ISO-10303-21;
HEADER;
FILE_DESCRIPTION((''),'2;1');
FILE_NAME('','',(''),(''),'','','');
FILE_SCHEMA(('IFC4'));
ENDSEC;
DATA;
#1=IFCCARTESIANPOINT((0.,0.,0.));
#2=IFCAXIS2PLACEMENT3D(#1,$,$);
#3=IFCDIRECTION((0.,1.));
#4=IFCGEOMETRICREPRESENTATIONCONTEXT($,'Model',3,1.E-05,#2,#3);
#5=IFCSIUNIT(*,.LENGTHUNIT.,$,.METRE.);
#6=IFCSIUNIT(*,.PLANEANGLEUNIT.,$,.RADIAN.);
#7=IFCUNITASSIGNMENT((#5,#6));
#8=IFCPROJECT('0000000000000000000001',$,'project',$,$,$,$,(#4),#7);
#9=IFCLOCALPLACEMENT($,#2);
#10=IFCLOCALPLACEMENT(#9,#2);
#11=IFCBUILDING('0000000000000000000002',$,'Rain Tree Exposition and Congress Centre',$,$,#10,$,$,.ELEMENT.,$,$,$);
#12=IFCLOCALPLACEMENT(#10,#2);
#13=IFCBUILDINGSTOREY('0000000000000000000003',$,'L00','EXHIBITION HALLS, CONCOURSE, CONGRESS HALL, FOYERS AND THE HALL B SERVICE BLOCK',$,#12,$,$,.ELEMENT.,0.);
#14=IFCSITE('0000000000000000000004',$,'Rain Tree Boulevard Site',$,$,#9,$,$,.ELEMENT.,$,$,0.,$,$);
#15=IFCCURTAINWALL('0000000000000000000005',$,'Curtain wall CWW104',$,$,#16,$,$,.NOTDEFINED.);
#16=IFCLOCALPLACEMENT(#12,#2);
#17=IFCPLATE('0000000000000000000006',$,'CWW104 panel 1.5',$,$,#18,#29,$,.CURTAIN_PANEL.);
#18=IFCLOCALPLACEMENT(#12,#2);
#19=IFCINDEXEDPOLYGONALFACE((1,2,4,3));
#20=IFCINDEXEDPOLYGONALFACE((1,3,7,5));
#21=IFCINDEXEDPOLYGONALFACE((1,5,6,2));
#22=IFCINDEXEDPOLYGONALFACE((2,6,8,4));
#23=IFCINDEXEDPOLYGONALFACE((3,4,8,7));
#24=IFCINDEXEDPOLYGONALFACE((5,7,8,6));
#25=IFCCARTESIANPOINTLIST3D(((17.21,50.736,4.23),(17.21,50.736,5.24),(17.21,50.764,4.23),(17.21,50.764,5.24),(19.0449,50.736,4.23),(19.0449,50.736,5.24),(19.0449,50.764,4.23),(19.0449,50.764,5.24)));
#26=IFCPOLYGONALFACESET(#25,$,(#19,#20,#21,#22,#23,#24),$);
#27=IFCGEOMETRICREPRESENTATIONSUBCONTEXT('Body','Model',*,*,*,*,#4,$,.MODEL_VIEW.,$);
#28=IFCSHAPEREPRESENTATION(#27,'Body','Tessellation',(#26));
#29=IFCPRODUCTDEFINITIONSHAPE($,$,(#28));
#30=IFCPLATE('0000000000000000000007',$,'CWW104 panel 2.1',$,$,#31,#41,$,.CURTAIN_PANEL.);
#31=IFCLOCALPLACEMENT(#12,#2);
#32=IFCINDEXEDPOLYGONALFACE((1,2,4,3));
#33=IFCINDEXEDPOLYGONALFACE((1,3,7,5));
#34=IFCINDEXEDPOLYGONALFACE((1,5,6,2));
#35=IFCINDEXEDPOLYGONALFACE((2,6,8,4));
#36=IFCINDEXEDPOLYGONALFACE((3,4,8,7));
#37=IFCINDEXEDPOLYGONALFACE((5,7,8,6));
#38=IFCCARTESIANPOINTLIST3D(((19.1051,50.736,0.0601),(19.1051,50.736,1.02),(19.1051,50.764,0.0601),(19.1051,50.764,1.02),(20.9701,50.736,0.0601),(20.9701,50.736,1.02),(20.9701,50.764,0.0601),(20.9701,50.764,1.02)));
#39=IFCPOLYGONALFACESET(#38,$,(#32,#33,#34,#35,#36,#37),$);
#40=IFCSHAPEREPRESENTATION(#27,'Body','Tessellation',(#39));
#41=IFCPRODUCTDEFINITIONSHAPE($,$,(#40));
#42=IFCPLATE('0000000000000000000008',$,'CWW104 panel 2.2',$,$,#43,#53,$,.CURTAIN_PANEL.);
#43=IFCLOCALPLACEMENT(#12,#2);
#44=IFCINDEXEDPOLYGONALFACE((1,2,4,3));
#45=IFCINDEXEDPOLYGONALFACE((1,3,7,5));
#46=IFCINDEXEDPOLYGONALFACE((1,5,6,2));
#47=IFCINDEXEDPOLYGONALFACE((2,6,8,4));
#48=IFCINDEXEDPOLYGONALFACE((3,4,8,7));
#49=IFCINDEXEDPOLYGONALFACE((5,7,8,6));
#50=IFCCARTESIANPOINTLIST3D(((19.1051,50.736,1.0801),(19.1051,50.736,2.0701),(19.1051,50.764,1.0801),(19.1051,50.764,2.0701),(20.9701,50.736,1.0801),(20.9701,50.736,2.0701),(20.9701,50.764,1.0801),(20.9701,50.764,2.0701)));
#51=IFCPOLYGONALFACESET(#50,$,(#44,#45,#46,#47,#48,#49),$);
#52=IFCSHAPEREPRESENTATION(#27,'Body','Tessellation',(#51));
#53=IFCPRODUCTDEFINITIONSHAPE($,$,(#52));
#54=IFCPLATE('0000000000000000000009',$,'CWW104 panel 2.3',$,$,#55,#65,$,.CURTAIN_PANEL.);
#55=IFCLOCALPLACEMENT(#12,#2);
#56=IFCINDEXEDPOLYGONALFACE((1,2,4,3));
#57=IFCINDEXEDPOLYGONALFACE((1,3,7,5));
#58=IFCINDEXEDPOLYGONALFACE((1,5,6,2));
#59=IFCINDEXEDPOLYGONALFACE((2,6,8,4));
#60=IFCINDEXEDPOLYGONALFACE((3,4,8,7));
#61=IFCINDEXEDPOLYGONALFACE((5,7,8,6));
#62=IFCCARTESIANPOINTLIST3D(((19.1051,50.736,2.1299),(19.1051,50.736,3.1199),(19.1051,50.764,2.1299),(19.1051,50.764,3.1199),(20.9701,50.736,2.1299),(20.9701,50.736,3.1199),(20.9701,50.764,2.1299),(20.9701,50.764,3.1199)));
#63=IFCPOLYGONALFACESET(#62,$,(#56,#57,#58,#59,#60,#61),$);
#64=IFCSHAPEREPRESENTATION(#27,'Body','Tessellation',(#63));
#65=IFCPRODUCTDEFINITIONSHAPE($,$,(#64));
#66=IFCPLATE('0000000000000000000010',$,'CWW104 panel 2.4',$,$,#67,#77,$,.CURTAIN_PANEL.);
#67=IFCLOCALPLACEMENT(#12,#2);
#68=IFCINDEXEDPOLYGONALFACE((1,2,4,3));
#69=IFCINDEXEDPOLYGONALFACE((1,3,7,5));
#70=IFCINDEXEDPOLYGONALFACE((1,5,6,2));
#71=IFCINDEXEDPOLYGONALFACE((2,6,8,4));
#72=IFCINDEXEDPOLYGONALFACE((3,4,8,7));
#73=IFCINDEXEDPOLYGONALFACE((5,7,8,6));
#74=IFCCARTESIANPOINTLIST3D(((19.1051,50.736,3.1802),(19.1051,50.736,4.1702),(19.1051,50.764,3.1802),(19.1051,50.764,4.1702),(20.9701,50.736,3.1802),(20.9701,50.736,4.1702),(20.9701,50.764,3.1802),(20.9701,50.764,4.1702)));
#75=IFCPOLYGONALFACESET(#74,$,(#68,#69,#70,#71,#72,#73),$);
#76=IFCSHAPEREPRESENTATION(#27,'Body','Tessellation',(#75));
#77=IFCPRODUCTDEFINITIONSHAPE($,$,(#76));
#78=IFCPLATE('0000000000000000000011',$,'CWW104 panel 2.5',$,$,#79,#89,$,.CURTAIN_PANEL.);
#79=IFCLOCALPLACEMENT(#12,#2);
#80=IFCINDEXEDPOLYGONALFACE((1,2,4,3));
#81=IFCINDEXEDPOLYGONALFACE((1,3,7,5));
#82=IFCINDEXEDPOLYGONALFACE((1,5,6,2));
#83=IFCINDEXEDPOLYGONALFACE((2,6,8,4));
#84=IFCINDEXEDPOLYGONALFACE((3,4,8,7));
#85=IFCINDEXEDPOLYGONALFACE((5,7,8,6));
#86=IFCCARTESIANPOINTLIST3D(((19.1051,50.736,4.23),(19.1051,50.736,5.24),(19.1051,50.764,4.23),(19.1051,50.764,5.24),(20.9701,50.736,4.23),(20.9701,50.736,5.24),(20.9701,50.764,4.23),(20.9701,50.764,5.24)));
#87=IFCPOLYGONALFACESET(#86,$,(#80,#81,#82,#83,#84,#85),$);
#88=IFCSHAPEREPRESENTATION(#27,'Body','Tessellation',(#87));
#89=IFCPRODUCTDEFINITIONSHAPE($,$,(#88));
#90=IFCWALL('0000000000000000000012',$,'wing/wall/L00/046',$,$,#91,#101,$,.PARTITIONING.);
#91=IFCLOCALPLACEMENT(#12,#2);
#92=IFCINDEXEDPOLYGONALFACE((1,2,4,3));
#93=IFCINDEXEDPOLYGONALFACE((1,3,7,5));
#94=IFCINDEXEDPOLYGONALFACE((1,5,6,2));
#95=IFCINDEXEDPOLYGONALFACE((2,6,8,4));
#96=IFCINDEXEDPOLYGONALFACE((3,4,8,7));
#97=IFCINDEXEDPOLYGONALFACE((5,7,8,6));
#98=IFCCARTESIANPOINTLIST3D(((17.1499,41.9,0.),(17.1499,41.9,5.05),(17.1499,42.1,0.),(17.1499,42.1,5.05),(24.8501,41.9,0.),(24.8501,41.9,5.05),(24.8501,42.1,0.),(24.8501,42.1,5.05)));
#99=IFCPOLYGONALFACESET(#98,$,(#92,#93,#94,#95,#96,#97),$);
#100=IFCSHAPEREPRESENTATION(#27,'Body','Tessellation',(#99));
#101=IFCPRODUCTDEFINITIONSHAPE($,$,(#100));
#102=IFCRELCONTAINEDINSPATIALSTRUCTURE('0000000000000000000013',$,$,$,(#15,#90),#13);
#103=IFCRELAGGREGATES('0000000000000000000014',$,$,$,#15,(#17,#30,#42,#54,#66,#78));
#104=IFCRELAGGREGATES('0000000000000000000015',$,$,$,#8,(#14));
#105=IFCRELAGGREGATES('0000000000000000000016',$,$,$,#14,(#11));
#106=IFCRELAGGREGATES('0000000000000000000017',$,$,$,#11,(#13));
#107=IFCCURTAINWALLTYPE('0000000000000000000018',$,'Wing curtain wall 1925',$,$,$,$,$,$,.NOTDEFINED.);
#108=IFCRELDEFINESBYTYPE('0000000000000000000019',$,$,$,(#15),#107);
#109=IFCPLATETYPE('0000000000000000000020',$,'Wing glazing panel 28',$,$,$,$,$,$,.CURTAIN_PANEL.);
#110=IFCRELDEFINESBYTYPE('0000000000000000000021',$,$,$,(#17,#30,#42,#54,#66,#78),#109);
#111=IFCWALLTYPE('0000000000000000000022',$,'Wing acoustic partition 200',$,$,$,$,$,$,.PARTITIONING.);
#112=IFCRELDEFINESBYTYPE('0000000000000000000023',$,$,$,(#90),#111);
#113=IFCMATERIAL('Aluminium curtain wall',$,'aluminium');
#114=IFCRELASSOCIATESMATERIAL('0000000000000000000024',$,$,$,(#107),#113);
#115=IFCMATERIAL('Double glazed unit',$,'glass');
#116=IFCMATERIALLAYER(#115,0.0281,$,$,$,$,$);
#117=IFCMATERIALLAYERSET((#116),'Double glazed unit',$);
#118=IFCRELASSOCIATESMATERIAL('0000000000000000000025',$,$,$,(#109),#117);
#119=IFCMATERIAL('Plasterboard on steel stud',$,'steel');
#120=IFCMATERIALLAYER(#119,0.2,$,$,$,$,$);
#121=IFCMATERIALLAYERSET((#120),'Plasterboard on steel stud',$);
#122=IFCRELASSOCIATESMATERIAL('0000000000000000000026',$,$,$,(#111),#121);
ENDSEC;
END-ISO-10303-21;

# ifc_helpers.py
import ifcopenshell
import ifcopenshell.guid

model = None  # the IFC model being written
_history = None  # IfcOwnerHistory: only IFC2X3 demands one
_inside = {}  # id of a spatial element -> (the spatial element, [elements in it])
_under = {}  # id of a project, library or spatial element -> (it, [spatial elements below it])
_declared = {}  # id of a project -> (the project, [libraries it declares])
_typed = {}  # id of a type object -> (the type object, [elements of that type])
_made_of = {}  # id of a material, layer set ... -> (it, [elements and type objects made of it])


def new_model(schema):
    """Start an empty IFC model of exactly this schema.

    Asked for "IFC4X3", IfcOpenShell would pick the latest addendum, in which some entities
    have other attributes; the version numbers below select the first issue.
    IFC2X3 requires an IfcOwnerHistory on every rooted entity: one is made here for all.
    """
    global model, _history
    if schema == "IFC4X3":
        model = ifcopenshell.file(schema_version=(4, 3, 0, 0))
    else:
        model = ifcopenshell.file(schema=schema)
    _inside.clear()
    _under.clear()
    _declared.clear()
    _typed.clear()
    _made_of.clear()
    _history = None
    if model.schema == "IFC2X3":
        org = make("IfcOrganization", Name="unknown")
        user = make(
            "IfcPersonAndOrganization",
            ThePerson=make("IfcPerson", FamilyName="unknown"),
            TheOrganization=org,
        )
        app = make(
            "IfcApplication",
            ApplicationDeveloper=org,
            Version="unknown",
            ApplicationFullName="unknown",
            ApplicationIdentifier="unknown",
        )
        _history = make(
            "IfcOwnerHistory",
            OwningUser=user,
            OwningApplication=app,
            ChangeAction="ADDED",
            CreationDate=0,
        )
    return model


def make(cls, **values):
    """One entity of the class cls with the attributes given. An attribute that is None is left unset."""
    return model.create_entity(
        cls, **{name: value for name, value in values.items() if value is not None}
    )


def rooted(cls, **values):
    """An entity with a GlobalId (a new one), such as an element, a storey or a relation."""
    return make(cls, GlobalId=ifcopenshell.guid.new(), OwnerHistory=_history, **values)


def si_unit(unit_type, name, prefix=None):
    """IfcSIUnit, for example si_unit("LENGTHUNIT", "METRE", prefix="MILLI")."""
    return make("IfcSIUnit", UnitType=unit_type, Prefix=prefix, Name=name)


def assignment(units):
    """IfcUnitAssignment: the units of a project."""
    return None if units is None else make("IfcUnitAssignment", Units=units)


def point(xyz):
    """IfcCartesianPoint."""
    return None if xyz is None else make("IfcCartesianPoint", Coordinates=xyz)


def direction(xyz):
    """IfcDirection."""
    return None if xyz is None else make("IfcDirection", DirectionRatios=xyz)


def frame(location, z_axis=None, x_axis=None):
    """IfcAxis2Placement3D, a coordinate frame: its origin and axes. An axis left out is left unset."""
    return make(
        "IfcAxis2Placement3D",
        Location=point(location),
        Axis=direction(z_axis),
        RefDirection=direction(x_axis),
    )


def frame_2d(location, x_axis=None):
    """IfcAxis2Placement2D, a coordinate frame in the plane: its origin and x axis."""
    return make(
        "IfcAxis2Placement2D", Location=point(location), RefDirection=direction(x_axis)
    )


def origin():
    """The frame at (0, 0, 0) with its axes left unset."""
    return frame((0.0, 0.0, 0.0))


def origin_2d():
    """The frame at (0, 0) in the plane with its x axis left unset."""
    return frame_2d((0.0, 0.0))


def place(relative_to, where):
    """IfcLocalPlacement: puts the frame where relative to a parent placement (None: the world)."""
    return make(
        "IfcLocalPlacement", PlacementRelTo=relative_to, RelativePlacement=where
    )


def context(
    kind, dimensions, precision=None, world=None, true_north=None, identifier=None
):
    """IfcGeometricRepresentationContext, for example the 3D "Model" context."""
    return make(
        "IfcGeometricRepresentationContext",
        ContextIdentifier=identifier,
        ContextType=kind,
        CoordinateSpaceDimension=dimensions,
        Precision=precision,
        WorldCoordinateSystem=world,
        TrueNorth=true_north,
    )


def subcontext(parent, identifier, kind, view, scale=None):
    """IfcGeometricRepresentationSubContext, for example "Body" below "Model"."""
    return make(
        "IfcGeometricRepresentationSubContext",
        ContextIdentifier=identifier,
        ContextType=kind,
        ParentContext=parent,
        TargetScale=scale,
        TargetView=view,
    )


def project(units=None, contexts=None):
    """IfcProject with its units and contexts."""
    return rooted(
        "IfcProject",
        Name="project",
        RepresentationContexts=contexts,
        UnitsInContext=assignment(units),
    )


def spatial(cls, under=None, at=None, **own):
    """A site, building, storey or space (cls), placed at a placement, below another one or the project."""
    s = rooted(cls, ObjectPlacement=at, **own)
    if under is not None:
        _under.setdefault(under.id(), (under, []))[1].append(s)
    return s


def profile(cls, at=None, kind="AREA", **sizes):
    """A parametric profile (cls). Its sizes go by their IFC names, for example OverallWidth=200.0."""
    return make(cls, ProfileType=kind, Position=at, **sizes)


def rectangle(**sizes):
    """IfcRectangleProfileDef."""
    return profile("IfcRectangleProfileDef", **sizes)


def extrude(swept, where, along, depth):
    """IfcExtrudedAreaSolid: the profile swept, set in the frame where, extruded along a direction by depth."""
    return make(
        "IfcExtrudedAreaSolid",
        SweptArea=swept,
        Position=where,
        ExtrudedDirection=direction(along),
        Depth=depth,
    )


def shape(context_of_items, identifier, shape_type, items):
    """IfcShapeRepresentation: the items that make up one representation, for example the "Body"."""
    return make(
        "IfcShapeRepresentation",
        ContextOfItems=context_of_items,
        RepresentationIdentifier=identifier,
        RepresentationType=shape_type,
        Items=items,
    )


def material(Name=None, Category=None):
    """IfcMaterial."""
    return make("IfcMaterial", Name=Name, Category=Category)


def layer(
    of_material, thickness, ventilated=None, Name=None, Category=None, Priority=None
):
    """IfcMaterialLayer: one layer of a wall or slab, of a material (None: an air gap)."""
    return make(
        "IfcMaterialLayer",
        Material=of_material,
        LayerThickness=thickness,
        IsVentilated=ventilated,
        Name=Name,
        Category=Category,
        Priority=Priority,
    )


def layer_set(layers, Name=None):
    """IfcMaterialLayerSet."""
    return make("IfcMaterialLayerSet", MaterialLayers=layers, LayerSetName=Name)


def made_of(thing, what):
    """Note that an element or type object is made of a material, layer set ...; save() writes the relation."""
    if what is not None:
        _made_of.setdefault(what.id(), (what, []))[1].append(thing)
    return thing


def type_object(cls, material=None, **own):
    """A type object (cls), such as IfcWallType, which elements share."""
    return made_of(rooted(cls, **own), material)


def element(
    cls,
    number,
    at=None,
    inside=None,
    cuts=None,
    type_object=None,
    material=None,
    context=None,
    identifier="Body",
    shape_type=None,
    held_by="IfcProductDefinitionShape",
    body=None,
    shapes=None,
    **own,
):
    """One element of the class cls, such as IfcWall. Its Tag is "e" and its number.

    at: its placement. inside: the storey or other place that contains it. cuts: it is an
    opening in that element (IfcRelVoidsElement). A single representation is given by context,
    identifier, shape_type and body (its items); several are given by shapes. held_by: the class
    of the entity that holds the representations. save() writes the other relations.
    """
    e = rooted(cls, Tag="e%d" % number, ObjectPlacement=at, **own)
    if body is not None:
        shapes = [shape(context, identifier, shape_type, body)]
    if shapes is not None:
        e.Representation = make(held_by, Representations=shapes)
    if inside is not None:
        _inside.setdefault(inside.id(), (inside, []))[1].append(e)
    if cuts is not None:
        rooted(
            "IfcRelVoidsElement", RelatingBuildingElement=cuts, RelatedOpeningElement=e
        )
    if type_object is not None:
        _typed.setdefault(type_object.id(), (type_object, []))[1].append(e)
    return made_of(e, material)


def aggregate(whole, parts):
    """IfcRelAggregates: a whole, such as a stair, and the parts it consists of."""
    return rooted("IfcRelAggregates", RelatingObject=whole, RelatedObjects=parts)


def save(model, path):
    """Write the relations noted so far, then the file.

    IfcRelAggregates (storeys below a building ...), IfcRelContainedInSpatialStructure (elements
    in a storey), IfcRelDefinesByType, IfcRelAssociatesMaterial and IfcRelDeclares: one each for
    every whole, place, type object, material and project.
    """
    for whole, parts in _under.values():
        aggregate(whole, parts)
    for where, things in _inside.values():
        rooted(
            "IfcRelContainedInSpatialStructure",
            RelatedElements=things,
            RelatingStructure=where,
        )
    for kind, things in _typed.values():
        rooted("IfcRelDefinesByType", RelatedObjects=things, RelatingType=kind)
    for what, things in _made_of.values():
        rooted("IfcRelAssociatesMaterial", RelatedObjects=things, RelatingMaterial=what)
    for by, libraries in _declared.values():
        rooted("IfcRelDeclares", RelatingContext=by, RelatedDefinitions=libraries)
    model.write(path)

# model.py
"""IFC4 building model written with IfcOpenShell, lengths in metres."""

from ifc_helpers import new_model, si_unit, direction, frame, frame_2d, origin, origin_2d, place, context, subcontext, project, spatial, rectangle, extrude, material, layer, layer_set, type_object, element, aggregate, save


model = new_model("IFC4")

# Units and contexts
model_context = context("Model", 3, precision=1e-05, world=origin(), true_north=direction((0.0, 1.0)))
body_context = subcontext(model_context, "Body", "Model", "MODEL_VIEW")
ifc_project = project(units=[si_unit("LENGTHUNIT", "METRE"), si_unit("PLANEANGLEUNIT", "RADIAN")], contexts=[model_context])

# Site, building, storey
site_placement = place(None, origin())
site = spatial("IfcSite", under=ifc_project, at=site_placement, Name="Rain Tree Boulevard Site", CompositionType="ELEMENT", RefElevation=0.0)
building_placement = place(site_placement, origin())
building = spatial("IfcBuilding", under=site, at=building_placement, Name="Rain Tree Exposition and Congress Centre", CompositionType="ELEMENT")
storey_placement = place(building_placement, origin())
storey = spatial("IfcBuildingStorey", under=building, at=storey_placement, Name="L00", Description="EXHIBITION HALLS, CONCOURSE, CONGRESS HALL, FOYERS AND THE HALL B SERVICE BLOCK", CompositionType="ELEMENT", Elevation=0.0)

# Curtain wall, plates
ifc_material_1 = material(Name="Aluminium curtain wall", Category="aluminium")
curtain_wall_type = type_object("IfcCurtainWallType", Name="Wing curtain wall 1925", PredefinedType="NOTDEFINED", material=ifc_material_1)
curtain_wall_placement = place(storey_placement, origin())
curtain_wall = element("IfcCurtainWall", 1, at=curtain_wall_placement, inside=storey, type_object=curtain_wall_type, Name="Curtain wall CWW104", PredefinedType="NOTDEFINED")
ifc_material_2 = material(Name="Double glazed unit", Category="glass")
ifc_layer_1 = layer(ifc_material_2, 0.0281)
ifc_layer_set_1 = layer_set([ifc_layer_1], Name="Double glazed unit")
plate_type = type_object("IfcPlateType", Name="Wing glazing panel 28", PredefinedType="CURTAIN_PANEL", material=ifc_layer_set_1)
plate_1_placement = place(storey_placement, frame((18.1274, 50.75, 4.23), z_axis=(0.0, 0.0, 1.0), x_axis=(1.0, 0.0, 0.0)))
plate_1 = element("IfcPlate", 2, at=plate_1_placement, type_object=plate_type, Name="CWW104 panel 1.5", PredefinedType="CURTAIN_PANEL", context=body_context, shape_type="SweptSolid", body=[
    extrude(rectangle(XDim=1.835, YDim=0.0281, at=origin_2d()), origin(), (0.0, 0.0, 1.0), 1.01),
])
plate_2_placement = place(storey_placement, frame((20.0376, 50.75, 0.0601), z_axis=(0.0, 0.0, 1.0), x_axis=(1.0, 0.0, 0.0)))
plate_2 = element("IfcPlate", 3, at=plate_2_placement, type_object=plate_type, Name="CWW104 panel 2.1", PredefinedType="CURTAIN_PANEL", context=body_context, shape_type="SweptSolid", body=[
    extrude(rectangle(XDim=1.865, YDim=0.0281, at=origin_2d()), origin(), (0.0, 0.0, 1.0), 0.96),
])
plate_3_placement = place(storey_placement, frame((20.0376, 50.75, 1.0801), z_axis=(0.0, 0.0, 1.0), x_axis=(1.0, 0.0, 0.0)))
plate_3 = element("IfcPlate", 4, at=plate_3_placement, type_object=plate_type, Name="CWW104 panel 2.2", PredefinedType="CURTAIN_PANEL", context=body_context, shape_type="SweptSolid", body=[
    extrude(rectangle(XDim=1.865, YDim=0.0281, at=origin_2d()), origin(), (0.0, 0.0, 1.0), 0.99),
])
plate_4_placement = place(storey_placement, frame((20.0376, 50.75, 2.1299), z_axis=(0.0, 0.0, 1.0), x_axis=(1.0, 0.0, 0.0)))
plate_4 = element("IfcPlate", 5, at=plate_4_placement, type_object=plate_type, Name="CWW104 panel 2.3", PredefinedType="CURTAIN_PANEL", context=body_context, shape_type="SweptSolid", body=[
    extrude(rectangle(XDim=1.865, YDim=0.0281, at=origin_2d()), origin(), (0.0, 0.0, 1.0), 0.99),
])
plate_5_placement = place(storey_placement, frame((20.0376, 50.75, 3.1802), z_axis=(0.0, 0.0, 1.0), x_axis=(1.0, 0.0, 0.0)))
plate_5 = element("IfcPlate", 6, at=plate_5_placement, type_object=plate_type, Name="CWW104 panel 2.4", PredefinedType="CURTAIN_PANEL", context=body_context, shape_type="SweptSolid", body=[
    extrude(rectangle(XDim=1.865, YDim=0.0281, at=origin_2d()), origin(), (0.0, 0.0, 1.0), 0.99),
])
plate_6_placement = place(storey_placement, frame((20.0376, 50.75, 4.23), z_axis=(0.0, 0.0, 1.0), x_axis=(1.0, 0.0, 0.0)))
plate_6 = element("IfcPlate", 7, at=plate_6_placement, type_object=plate_type, Name="CWW104 panel 2.5", PredefinedType="CURTAIN_PANEL", context=body_context, shape_type="SweptSolid", body=[
    extrude(rectangle(XDim=1.865, YDim=0.0281, at=origin_2d()), origin(), (0.0, 0.0, 1.0), 1.01),
])
aggregate(curtain_wall, [plate_1, plate_2, plate_3, plate_4, plate_5, plate_6])

# Wall
ifc_material_3 = material(Name="Plasterboard on steel stud", Category="steel")
ifc_layer_2 = layer(ifc_material_3, 0.2)
ifc_layer_set_2 = layer_set([ifc_layer_2], Name="Plasterboard on steel stud")
wall_type = type_object("IfcWallType", Name="Wing acoustic partition 200", PredefinedType="PARTITIONING", material=ifc_layer_set_2)
wall_placement = place(storey_placement, frame((17.1499, 42.0, 0.0), z_axis=(0.0, 0.0, 1.0), x_axis=(1.0, 0.0, 0.0)))
element("IfcWall", 8, at=wall_placement, inside=storey, type_object=wall_type, Name="wing/wall/L00/046", PredefinedType="PARTITIONING", context=body_context, shape_type="SweptSolid", body=[
    extrude(rectangle(XDim=7.7002, YDim=0.2, at=frame_2d((3.8501, 0.0))), origin(), (0.0, 0.0, 1.0), 5.05),
])

save(model, "model.ifc")
